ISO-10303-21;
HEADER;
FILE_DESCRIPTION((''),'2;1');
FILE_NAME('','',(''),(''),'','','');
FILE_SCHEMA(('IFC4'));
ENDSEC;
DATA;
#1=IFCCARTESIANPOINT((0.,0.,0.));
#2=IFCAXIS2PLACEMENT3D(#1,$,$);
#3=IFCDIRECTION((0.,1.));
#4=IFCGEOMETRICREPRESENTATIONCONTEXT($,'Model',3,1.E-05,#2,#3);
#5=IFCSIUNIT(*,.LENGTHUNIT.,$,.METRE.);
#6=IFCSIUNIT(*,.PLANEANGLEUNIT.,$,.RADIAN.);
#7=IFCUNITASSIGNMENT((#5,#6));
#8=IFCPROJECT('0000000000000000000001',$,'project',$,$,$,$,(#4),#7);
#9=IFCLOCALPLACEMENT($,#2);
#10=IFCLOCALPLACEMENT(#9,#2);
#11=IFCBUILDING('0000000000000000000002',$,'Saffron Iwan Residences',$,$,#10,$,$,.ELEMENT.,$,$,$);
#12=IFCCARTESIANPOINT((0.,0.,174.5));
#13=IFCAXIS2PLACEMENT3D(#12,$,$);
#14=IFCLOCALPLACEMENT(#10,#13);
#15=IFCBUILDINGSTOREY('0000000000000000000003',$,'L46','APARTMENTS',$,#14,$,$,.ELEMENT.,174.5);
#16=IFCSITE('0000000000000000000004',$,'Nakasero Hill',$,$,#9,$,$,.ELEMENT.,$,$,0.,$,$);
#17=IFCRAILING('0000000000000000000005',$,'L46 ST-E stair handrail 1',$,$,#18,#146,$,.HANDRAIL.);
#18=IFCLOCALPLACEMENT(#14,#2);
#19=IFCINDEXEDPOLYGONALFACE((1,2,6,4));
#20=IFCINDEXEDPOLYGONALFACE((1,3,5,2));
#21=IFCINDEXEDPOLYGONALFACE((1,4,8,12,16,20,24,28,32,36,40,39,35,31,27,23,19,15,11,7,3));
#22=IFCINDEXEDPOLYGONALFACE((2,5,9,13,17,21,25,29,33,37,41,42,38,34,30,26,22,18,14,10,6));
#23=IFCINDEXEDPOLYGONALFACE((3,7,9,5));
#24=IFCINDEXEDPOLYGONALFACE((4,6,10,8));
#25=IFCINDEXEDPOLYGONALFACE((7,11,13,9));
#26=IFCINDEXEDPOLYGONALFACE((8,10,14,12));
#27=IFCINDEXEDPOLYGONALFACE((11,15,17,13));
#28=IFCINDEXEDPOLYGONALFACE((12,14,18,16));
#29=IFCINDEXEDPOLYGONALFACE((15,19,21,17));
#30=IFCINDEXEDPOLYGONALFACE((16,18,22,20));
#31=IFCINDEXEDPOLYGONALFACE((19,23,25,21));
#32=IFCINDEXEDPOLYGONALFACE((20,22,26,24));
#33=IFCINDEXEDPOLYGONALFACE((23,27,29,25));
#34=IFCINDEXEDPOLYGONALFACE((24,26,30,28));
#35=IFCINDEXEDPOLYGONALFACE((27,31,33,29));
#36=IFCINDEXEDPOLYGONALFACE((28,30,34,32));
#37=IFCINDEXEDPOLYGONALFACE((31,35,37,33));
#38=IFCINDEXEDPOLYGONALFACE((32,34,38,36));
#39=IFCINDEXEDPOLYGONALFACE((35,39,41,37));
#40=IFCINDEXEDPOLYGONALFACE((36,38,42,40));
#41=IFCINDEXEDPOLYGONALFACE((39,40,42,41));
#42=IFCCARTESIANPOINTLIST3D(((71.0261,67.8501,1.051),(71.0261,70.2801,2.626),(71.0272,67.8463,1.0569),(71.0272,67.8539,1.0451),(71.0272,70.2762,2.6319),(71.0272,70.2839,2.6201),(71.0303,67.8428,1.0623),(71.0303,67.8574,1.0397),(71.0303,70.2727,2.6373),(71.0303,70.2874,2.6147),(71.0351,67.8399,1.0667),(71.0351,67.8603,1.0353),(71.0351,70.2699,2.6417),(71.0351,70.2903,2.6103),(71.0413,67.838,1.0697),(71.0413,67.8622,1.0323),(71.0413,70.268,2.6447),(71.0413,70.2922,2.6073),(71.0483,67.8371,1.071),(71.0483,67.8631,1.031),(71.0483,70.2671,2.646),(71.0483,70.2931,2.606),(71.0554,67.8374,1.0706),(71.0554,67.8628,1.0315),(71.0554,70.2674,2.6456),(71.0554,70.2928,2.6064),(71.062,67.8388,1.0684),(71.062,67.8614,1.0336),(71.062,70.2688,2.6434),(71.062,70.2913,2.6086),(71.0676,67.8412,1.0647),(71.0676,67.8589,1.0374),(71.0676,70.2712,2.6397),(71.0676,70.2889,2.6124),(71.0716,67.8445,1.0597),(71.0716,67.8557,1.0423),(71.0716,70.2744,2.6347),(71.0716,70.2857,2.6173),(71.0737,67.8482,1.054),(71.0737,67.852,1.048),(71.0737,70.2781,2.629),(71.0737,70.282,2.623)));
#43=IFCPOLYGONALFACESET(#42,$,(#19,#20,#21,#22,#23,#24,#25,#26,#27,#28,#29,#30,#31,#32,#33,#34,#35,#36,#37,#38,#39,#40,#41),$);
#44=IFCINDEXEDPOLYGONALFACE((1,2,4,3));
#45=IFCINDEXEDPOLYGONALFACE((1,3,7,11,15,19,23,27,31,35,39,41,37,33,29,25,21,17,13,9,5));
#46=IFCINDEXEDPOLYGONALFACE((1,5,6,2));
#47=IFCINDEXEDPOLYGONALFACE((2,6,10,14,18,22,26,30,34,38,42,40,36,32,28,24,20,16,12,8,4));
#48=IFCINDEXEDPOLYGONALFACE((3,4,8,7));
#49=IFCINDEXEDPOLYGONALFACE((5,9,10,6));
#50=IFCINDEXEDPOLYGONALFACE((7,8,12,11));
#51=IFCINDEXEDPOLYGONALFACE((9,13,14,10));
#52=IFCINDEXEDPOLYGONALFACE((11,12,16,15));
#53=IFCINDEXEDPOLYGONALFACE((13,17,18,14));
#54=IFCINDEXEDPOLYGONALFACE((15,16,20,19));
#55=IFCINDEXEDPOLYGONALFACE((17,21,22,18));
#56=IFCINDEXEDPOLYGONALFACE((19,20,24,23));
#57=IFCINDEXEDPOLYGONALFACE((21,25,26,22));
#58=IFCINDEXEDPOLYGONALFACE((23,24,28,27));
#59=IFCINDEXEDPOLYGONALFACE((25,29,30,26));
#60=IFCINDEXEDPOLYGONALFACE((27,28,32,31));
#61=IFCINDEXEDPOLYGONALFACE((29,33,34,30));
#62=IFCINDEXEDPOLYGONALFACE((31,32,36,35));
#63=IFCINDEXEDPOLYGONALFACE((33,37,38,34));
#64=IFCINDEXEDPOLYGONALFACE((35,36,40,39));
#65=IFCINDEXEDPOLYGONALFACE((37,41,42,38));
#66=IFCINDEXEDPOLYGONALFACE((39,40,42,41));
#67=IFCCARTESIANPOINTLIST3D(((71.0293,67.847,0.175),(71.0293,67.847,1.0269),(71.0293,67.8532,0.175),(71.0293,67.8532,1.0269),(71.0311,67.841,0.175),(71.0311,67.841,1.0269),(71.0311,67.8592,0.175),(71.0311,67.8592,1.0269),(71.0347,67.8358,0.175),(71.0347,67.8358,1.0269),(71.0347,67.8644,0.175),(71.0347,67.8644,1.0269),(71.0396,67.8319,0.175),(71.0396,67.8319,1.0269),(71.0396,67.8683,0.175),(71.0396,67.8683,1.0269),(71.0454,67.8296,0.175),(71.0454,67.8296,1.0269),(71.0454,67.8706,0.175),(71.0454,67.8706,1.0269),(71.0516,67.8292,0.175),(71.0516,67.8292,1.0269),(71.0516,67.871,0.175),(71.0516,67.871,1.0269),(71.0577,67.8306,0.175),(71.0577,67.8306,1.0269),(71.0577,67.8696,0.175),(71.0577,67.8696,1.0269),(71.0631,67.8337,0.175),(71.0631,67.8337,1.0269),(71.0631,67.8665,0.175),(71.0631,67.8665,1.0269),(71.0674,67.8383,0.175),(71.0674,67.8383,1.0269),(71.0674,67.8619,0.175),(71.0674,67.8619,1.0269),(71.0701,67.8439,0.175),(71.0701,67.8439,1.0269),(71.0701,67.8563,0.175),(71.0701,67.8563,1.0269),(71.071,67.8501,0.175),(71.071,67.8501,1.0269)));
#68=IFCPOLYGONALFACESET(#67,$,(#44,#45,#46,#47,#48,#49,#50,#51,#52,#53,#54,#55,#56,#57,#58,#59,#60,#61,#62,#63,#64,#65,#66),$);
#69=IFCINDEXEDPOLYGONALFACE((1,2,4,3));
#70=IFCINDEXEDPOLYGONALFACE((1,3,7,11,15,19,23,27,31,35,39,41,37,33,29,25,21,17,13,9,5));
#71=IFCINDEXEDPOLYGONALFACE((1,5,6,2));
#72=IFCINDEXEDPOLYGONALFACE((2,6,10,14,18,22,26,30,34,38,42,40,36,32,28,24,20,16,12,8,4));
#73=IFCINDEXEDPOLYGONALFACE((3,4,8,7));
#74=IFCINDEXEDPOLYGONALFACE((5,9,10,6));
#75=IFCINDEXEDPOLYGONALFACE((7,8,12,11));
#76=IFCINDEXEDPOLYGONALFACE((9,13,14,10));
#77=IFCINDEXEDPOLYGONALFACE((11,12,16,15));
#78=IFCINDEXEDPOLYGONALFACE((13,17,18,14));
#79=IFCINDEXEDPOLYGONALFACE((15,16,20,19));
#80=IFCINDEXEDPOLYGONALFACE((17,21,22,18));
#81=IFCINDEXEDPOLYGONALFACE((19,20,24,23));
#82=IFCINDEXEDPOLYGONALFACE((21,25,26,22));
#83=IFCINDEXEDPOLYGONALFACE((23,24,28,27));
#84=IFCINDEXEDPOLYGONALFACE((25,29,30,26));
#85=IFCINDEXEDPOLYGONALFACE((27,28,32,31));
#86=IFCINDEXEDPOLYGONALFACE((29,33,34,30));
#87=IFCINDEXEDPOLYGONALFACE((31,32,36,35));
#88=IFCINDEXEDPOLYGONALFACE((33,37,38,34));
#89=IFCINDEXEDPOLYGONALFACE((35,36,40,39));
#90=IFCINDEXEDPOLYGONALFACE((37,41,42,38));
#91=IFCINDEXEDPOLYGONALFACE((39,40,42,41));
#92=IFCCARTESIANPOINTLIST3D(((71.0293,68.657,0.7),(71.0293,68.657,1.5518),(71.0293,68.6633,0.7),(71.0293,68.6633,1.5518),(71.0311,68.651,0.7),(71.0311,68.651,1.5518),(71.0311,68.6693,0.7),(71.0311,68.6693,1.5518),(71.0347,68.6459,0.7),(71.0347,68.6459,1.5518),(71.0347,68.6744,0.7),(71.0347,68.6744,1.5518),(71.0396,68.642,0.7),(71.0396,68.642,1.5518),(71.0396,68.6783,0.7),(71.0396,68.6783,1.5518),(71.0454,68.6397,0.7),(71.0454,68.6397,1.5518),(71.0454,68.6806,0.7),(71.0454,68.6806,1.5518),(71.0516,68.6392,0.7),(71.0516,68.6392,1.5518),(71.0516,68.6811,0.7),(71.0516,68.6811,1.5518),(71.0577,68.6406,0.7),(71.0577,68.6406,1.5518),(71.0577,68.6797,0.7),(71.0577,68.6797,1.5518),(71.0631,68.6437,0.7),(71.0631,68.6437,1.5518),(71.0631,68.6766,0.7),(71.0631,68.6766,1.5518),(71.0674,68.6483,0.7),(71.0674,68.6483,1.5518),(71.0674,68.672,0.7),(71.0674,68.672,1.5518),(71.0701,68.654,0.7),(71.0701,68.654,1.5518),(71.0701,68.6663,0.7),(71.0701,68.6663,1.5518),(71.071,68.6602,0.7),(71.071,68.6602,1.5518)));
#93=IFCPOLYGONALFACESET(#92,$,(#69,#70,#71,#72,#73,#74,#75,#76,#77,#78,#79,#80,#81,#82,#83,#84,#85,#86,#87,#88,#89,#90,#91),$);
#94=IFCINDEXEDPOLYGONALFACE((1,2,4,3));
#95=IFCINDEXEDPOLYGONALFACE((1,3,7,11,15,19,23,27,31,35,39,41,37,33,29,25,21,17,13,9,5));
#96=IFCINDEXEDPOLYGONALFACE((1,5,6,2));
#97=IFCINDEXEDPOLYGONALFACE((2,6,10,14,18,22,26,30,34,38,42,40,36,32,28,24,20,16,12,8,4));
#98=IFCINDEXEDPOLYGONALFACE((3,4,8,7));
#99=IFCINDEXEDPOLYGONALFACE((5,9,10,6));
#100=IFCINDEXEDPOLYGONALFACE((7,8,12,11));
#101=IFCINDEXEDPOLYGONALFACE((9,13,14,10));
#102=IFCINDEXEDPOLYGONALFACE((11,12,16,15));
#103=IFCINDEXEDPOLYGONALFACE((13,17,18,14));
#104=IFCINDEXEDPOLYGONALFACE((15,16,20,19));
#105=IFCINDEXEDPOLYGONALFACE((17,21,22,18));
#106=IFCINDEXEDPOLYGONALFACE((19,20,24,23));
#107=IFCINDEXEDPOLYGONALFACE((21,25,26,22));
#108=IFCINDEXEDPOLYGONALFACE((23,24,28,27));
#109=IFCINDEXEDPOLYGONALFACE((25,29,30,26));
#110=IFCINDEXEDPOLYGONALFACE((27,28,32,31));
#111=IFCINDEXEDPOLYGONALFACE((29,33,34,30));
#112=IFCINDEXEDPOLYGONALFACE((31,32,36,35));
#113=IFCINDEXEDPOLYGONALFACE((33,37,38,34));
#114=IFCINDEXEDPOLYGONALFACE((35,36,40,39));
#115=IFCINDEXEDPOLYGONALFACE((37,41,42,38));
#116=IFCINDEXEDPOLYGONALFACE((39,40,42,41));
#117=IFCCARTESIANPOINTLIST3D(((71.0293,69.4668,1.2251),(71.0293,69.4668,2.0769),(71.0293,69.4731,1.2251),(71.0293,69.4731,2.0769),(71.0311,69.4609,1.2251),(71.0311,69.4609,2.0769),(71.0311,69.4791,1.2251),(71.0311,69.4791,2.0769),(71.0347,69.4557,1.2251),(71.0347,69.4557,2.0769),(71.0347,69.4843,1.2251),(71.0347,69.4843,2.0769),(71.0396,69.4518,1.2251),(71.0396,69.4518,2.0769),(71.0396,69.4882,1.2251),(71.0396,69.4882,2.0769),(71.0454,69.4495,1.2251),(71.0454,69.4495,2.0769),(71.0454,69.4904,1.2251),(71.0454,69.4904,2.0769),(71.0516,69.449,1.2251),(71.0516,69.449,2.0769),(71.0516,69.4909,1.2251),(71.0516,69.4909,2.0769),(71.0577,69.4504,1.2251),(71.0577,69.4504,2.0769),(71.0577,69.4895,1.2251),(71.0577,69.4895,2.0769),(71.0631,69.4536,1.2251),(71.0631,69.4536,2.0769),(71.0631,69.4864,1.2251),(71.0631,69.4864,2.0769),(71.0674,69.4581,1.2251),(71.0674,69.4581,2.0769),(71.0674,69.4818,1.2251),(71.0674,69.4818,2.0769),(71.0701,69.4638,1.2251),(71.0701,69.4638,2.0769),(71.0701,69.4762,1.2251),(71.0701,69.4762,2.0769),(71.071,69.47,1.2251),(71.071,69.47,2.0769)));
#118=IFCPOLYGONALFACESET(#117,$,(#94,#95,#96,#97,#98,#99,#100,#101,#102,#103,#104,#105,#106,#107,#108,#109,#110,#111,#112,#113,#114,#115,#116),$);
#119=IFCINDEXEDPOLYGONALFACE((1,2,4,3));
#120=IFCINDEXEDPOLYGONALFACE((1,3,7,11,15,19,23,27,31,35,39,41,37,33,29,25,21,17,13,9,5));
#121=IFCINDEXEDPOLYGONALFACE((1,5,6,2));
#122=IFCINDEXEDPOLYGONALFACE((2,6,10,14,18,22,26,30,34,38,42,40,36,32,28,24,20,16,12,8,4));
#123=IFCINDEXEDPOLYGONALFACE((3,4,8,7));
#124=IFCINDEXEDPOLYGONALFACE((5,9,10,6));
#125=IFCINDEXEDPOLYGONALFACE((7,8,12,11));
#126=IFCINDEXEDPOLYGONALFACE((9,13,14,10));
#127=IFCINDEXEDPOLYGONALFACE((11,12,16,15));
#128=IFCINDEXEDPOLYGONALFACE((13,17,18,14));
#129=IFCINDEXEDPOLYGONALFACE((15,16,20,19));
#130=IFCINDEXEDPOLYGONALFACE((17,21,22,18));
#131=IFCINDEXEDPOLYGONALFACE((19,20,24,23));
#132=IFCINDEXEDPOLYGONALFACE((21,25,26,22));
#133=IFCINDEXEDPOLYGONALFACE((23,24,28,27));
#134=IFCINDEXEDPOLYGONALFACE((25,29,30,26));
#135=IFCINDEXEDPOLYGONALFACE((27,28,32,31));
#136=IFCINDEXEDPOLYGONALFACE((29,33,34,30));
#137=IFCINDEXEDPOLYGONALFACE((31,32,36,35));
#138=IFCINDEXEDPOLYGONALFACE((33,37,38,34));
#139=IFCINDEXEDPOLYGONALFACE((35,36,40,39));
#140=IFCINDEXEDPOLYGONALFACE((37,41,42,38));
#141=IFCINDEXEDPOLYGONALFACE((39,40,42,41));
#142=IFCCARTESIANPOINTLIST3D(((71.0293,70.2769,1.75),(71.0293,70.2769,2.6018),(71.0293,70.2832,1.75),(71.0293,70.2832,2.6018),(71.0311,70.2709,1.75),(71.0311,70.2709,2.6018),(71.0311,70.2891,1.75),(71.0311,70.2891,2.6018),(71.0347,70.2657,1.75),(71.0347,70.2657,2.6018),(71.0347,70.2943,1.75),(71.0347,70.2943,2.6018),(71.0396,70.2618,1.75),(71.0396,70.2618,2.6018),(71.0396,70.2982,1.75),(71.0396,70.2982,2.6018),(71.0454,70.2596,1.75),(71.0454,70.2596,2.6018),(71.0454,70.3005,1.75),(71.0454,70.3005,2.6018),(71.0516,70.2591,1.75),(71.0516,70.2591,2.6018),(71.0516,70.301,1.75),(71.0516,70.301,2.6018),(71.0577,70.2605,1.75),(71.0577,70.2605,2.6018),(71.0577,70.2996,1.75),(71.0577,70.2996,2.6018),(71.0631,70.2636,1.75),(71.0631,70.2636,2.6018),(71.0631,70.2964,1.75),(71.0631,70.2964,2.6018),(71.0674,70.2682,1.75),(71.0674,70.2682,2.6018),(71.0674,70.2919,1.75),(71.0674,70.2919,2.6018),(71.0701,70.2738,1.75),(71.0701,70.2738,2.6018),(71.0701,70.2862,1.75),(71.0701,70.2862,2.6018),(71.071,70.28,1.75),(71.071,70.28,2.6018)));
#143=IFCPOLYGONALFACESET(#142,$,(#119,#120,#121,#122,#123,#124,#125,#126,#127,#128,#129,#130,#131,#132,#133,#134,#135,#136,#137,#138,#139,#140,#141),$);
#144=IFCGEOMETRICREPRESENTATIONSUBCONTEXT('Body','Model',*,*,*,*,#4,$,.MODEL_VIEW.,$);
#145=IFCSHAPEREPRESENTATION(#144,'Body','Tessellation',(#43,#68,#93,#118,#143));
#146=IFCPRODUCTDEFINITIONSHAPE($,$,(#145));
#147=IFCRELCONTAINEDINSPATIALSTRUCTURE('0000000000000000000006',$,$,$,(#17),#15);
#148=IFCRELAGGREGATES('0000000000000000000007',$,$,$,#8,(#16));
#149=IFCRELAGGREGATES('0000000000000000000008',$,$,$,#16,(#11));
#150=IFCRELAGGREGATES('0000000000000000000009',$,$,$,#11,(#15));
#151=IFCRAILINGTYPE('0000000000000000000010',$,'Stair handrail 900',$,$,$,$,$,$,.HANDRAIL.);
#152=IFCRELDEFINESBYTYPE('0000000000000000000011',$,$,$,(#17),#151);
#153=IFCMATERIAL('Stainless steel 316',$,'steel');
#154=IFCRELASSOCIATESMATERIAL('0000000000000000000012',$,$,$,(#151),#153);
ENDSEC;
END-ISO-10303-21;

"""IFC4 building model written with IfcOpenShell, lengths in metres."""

from ifc_helpers import new_model, si_unit, direction, frame, origin, origin_2d, place, context, subcontext, project, spatial, circle, extrude, material, type_object, element, save


model = new_model("IFC4")

# Units and contexts
model_context = context("Model", 3, precision=1e-05, world=origin(), true_north=direction((0.0, 1.0)))
body_context = subcontext(model_context, "Body", "Model", "MODEL_VIEW")
ifc_project = project(units=[si_unit("LENGTHUNIT", "METRE"), si_unit("PLANEANGLEUNIT", "RADIAN")], contexts=[model_context])

# Site, building, storey
site_placement = place(None, origin())
site = spatial("IfcSite", under=ifc_project, at=site_placement, Name="Nakasero Hill", CompositionType="ELEMENT", RefElevation=0.0)
building_placement = place(site_placement, origin())
building = spatial("IfcBuilding", under=site, at=building_placement, Name="Saffron Iwan Residences", CompositionType="ELEMENT")
storey_placement = place(building_placement, frame((0.0, 0.0, 174.5)))
storey = spatial("IfcBuildingStorey", under=building, at=storey_placement, Name="L46", Description="APARTMENTS", CompositionType="ELEMENT", Elevation=174.5)

# Railing
ifc_material_1 = material(Name="Stainless steel 316", Category="steel")
railing_type_1 = type_object("IfcRailingType", Name="Stair handrail 900", PredefinedType="HANDRAIL", material=ifc_material_1)
railing_1_placement = place(storey_placement, frame((71.05, 67.8501, 0.175)))
element("IfcRailing", 1, at=railing_1_placement, inside=storey, type_object=railing_type_1, Name="L46 ST-E stair handrail 1", PredefinedType="HANDRAIL", context=body_context, shape_type="SweptSolid", body=[
    extrude(circle(Radius=0.0239, at=origin_2d()), frame((0.0, 0.0, 0.876), z_axis=(0.0, 0.839154, 0.543894), x_axis=(-1.0, 0.0, 0.0)), (0.0, 0.0, 1.0), 2.8958),
    extrude(circle(Radius=0.021, at=origin_2d()), origin(), (0.0, 0.0, 1.0), 0.8518),
    extrude(circle(Radius=0.021, at=origin_2d()), frame((0.0, 0.8101, 0.5249)), (0.0, 0.0, 1.0), 0.8518),
    extrude(circle(Radius=0.021, at=origin_2d()), frame((0.0, 1.6199, 1.05)), (0.0, 0.0, 1.0), 0.8518),
    extrude(circle(Radius=0.021, at=origin_2d()), frame((0.0, 2.4299, 1.575)), (0.0, 0.0, 1.0), 0.8518),
])

save(model, "model.ifc")
